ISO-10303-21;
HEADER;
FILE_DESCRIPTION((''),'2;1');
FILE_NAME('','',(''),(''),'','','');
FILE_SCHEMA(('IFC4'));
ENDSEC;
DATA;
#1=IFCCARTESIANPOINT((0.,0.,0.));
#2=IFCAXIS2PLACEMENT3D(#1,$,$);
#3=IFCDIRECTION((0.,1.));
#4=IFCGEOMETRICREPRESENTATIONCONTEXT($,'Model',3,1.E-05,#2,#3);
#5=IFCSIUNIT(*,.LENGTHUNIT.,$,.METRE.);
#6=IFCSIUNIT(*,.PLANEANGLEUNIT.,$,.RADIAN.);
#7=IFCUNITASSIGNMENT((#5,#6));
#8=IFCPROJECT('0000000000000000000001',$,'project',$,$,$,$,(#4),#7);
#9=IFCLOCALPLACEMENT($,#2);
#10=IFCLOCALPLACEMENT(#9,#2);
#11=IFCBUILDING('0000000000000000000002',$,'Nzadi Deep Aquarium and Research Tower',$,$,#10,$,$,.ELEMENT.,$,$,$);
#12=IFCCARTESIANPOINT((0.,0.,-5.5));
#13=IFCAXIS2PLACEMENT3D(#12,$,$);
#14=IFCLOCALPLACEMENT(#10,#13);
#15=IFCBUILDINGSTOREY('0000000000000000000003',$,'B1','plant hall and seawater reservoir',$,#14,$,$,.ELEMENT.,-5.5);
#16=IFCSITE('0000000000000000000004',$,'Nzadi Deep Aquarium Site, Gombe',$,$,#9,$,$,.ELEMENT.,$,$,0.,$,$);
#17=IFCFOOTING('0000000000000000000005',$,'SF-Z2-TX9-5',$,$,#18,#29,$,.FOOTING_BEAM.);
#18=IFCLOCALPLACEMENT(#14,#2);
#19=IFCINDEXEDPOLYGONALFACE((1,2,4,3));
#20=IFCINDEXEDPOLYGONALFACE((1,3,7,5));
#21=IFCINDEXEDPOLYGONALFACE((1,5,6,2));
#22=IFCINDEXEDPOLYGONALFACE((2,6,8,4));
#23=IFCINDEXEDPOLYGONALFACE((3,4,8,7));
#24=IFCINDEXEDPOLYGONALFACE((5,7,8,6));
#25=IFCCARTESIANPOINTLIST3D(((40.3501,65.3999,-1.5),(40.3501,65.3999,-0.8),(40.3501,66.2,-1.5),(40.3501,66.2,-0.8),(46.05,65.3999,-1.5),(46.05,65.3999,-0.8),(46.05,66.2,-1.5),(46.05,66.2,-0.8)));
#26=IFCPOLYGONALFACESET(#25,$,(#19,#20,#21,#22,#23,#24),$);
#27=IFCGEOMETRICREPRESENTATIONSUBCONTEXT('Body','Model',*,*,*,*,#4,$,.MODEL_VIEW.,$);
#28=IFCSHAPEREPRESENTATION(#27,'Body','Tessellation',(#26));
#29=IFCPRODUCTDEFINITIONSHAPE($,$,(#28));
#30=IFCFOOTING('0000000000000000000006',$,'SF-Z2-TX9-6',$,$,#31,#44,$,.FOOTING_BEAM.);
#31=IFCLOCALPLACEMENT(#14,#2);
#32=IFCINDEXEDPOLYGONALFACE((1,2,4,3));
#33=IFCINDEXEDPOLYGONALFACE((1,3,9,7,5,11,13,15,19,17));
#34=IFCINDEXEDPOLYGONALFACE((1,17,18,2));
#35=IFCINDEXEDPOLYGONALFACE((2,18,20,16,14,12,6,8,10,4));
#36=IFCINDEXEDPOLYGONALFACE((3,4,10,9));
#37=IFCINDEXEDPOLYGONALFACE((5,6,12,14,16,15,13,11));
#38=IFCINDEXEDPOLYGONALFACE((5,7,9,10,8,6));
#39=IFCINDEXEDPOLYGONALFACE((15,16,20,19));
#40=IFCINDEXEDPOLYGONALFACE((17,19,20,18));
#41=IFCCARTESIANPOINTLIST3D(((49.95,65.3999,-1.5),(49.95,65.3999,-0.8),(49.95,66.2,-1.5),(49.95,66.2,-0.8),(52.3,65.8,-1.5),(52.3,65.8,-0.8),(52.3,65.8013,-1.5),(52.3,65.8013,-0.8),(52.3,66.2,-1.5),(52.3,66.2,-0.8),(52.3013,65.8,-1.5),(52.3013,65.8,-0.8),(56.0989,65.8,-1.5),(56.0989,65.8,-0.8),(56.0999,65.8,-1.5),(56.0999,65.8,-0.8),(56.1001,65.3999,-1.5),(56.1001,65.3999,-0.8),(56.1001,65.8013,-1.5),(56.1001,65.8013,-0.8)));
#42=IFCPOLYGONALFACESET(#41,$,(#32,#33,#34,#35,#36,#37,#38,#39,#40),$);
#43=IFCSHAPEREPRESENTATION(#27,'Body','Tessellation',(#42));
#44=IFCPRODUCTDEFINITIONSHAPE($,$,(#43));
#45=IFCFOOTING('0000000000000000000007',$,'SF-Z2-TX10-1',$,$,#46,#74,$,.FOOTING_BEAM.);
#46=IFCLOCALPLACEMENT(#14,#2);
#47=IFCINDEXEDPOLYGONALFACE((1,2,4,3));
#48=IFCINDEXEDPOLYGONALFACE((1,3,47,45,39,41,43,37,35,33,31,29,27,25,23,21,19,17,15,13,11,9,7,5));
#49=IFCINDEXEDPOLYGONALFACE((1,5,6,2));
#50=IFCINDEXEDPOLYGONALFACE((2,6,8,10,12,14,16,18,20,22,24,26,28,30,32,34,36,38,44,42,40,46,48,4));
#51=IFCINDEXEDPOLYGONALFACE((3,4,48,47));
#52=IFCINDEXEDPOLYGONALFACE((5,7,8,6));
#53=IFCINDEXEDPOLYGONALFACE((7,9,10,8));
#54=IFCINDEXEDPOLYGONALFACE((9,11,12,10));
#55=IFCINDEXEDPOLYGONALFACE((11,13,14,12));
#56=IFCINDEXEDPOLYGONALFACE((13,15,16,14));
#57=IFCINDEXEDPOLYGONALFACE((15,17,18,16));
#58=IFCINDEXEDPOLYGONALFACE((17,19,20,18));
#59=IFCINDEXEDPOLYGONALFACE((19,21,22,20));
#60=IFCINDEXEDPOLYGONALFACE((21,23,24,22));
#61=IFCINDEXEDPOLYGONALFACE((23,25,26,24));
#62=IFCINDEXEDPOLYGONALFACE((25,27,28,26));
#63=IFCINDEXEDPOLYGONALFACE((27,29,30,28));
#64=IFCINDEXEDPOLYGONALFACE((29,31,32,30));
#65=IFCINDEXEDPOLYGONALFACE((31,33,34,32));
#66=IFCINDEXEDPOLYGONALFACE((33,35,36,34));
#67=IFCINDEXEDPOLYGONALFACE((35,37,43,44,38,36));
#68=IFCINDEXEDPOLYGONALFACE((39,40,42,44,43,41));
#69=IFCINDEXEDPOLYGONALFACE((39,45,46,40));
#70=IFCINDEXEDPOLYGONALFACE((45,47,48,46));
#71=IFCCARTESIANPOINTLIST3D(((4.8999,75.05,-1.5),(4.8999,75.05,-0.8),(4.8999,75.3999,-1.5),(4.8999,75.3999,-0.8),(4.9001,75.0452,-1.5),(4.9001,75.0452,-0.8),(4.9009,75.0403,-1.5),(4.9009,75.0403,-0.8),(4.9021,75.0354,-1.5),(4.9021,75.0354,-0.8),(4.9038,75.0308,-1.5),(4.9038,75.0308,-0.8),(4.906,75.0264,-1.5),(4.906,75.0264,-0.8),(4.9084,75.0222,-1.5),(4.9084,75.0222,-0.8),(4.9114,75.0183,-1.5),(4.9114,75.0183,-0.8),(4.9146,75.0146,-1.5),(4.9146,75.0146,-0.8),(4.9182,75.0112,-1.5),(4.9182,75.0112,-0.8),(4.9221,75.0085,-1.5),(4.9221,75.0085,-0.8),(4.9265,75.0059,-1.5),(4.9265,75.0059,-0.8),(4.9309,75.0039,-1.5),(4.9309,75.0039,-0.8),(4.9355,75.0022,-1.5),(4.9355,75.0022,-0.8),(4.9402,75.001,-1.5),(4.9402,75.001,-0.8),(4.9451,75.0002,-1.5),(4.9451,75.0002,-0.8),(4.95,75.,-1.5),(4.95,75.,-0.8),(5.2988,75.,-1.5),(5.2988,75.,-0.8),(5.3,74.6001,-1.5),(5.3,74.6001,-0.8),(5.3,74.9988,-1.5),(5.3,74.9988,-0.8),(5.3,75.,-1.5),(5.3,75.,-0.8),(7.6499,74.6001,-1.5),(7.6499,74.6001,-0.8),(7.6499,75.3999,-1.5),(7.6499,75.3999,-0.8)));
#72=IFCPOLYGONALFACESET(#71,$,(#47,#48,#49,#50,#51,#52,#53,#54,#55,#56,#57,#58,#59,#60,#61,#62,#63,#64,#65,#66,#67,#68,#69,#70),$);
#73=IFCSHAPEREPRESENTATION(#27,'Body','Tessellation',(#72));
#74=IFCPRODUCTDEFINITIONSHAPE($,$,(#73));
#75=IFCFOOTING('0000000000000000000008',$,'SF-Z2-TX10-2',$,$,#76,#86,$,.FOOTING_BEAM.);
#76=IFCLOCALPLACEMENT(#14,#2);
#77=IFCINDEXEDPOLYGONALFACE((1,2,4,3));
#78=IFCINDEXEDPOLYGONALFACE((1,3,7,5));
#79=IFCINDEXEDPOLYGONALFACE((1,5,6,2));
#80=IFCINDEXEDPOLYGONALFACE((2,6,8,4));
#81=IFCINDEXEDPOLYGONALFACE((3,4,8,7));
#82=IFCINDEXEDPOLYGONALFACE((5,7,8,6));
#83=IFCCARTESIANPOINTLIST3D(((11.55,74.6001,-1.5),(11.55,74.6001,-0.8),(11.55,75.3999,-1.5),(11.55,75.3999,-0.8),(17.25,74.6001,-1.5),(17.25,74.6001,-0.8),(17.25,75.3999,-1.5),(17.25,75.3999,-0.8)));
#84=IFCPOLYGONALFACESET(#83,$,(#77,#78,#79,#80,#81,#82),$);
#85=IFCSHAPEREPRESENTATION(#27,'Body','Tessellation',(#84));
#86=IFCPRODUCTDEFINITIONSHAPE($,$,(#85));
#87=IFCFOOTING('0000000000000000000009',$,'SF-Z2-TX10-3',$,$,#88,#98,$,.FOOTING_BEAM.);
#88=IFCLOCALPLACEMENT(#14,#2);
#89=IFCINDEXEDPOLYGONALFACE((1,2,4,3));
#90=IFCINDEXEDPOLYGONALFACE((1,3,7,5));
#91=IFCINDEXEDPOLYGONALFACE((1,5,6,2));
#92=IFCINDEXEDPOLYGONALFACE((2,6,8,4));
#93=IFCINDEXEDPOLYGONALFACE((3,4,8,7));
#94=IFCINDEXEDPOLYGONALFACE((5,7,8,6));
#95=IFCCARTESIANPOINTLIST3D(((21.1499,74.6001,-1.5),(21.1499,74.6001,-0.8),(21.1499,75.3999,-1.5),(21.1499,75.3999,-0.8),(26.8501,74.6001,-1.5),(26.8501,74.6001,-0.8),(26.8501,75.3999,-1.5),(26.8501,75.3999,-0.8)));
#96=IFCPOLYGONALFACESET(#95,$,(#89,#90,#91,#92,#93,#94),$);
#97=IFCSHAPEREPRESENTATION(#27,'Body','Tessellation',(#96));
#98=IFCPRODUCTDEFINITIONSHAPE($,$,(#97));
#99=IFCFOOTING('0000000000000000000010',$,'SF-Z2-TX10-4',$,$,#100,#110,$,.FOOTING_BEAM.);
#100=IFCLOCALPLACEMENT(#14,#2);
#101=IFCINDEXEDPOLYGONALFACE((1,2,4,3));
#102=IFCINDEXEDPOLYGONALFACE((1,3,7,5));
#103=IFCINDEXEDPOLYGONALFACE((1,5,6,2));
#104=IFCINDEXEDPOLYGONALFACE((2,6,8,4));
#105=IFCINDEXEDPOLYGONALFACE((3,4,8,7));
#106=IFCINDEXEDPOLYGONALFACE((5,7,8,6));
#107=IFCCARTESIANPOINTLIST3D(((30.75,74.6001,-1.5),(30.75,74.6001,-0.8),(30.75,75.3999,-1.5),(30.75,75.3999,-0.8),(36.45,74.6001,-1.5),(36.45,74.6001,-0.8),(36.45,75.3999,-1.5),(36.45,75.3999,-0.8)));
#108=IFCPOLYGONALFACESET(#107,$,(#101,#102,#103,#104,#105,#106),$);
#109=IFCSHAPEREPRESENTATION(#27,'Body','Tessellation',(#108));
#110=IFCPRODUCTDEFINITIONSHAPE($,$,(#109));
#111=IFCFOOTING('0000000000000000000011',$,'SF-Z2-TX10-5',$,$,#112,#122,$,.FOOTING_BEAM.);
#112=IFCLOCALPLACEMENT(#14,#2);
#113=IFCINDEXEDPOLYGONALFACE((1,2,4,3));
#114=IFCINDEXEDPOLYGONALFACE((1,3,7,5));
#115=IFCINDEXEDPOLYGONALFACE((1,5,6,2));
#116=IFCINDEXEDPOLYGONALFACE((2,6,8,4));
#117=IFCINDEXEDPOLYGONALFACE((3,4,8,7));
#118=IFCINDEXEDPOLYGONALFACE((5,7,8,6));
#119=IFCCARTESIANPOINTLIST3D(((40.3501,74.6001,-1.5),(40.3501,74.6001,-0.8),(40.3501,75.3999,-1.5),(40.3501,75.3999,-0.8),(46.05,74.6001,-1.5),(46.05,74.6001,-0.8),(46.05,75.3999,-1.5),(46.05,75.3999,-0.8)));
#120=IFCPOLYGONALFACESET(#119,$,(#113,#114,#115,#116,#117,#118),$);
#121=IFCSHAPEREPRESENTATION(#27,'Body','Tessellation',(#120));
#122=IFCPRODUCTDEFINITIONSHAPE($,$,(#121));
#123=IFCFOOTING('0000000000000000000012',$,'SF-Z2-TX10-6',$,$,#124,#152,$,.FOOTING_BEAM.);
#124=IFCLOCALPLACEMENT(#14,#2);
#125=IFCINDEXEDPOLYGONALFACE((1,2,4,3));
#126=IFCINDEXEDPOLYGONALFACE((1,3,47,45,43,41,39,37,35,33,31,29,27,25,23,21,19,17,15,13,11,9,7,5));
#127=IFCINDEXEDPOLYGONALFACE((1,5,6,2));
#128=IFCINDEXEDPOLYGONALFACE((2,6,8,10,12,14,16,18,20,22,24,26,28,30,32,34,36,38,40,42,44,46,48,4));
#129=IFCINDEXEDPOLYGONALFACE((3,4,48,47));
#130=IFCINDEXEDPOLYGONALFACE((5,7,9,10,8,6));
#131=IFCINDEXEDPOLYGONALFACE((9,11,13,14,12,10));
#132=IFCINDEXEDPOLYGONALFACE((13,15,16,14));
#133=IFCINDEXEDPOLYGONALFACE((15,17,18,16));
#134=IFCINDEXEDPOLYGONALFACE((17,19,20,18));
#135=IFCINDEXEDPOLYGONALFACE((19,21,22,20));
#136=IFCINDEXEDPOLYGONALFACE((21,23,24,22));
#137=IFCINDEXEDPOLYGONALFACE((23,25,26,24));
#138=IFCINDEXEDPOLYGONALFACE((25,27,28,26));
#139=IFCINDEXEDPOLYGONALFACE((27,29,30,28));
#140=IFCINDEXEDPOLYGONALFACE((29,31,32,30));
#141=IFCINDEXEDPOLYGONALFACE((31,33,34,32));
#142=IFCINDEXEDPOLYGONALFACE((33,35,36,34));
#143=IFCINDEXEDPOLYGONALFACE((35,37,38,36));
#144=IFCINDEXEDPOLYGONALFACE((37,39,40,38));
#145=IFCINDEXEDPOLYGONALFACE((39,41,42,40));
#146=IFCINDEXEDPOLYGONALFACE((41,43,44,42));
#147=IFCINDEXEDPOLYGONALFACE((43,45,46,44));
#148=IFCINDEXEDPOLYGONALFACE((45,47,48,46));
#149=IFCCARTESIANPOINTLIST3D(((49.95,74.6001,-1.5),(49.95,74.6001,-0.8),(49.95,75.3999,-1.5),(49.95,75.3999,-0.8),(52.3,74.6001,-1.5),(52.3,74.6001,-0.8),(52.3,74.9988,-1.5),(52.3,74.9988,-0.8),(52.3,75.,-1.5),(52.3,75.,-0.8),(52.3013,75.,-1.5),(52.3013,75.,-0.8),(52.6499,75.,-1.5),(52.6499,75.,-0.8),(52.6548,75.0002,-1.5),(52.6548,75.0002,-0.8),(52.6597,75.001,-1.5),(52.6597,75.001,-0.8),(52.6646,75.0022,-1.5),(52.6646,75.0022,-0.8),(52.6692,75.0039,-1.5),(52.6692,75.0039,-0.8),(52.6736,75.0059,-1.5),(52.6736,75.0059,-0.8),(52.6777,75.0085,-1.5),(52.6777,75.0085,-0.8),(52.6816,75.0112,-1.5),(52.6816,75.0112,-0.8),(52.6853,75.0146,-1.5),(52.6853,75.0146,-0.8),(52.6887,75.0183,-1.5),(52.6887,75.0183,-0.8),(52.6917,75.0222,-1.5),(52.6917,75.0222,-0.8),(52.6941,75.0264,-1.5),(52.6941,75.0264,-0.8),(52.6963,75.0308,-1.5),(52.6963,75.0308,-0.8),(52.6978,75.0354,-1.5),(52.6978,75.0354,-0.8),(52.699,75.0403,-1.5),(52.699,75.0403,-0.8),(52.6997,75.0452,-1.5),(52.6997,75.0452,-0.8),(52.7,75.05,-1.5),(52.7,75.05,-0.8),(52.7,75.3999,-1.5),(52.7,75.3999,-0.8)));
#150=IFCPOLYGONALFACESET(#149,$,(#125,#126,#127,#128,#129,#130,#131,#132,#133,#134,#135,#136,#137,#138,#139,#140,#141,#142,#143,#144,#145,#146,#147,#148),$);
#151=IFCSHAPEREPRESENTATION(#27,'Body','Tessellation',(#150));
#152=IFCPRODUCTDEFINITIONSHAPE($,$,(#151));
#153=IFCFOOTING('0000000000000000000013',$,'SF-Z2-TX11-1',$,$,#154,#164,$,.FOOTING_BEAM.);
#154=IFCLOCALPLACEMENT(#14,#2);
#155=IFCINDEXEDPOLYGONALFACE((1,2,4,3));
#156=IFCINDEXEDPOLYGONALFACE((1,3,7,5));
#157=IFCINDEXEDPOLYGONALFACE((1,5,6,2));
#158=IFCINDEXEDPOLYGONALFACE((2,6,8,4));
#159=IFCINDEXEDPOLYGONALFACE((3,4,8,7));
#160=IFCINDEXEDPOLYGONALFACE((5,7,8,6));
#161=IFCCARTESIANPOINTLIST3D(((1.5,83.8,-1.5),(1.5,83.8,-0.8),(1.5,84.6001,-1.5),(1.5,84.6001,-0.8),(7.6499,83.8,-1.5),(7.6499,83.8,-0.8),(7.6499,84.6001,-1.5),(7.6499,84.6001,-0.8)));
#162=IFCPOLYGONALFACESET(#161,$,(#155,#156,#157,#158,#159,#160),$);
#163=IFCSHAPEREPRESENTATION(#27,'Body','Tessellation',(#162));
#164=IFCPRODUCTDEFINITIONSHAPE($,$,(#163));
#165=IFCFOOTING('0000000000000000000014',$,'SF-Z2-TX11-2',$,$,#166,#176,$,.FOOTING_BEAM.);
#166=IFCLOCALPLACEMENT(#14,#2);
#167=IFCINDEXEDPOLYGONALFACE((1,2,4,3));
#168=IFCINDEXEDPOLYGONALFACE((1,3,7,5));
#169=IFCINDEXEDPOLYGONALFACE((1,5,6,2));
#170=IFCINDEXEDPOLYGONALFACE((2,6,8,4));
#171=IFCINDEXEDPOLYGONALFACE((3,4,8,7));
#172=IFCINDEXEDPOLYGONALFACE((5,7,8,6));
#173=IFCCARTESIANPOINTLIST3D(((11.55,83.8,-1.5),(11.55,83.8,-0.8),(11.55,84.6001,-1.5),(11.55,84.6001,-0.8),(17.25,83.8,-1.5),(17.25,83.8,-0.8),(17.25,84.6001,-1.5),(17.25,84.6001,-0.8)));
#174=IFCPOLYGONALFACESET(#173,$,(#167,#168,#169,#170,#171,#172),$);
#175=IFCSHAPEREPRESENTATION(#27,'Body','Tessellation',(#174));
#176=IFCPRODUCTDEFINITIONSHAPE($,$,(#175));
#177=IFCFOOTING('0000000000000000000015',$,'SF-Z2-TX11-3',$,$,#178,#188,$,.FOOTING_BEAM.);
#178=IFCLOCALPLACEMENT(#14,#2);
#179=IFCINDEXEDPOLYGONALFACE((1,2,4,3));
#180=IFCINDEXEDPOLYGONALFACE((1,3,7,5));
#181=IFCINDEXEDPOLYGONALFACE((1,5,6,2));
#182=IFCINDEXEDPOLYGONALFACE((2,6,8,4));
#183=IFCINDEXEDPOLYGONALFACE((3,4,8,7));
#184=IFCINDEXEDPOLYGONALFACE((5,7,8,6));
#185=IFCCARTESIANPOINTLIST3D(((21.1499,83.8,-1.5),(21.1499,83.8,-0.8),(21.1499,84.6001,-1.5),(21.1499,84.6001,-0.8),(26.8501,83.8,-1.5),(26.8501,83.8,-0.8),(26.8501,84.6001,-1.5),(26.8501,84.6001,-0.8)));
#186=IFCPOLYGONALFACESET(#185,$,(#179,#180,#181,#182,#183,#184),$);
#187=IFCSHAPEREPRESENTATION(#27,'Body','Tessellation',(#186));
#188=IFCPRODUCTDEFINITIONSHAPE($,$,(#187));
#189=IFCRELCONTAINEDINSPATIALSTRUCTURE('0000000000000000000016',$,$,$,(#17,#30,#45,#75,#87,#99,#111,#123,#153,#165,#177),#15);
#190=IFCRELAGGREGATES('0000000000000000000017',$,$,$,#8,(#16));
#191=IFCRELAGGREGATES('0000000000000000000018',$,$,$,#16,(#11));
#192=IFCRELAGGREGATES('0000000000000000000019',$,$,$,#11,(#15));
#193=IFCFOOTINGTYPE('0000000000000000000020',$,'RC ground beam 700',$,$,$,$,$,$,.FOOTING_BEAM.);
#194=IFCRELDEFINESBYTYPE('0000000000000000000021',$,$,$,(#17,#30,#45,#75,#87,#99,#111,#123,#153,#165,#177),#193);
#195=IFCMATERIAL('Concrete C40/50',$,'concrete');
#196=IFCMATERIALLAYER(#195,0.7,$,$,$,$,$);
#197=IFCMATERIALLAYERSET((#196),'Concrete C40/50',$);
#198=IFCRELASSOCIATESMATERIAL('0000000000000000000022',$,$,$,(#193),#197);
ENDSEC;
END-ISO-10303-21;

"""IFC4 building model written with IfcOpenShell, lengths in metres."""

from ifc_helpers import new_model, si_unit, direction, frame, origin, place, context, subcontext, project, spatial, polyline, outline, extrude, material, layer, layer_set, type_object, element, save


model = new_model("IFC4")

# Units and contexts
model_context = context("Model", 3, precision=1e-05, world=origin(), true_north=direction((0.0, 1.0)))
body_context = subcontext(model_context, "Body", "Model", "MODEL_VIEW")
ifc_project = project(units=[si_unit("LENGTHUNIT", "METRE"), si_unit("PLANEANGLEUNIT", "RADIAN")], contexts=[model_context])

# Site, building, storey
site_placement = place(None, origin())
site = spatial("IfcSite", under=ifc_project, at=site_placement, Name="Nzadi Deep Aquarium Site, Gombe", CompositionType="ELEMENT", RefElevation=0.0)
building_placement = place(site_placement, origin())
building = spatial("IfcBuilding", under=site, at=building_placement, Name="Nzadi Deep Aquarium and Research Tower", CompositionType="ELEMENT")
storey_placement = place(building_placement, frame((0.0, 0.0, -5.5)))
storey = spatial("IfcBuildingStorey", under=building, at=storey_placement, Name="B1", Description="plant hall and seawater reservoir", CompositionType="ELEMENT", Elevation=-5.5)

# Footings
ifc_material = material(Name="Concrete C40/50", Category="concrete")
ifc_layer = layer(ifc_material, 0.7)
ifc_layer_set = layer_set([ifc_layer], Name="Concrete C40/50")
footing_type = type_object("IfcFootingType", Name="RC ground beam 700", PredefinedType="FOOTING_BEAM", material=ifc_layer_set)
footing_1_placement = place(storey_placement, frame((0.0, 0.0, -1.5)))
element("IfcFooting", 1, at=footing_1_placement, inside=storey, type_object=footing_type, Name="SF-Z2-TX9-5", PredefinedType="FOOTING_BEAM", context=body_context, shape_type="SweptSolid", body=[
    extrude(outline(polyline([(46.05, 66.2), (40.3501, 66.2), (40.3501, 65.3999), (46.05, 65.3999), (46.05, 66.2)])), origin(), (0.0, 0.0, 1.0), 0.7),
])
footing_2_placement = place(storey_placement, frame((0.0, 0.0, -1.5)))
element("IfcFooting", 2, at=footing_2_placement, inside=storey, type_object=footing_type, Name="SF-Z2-TX9-6", PredefinedType="FOOTING_BEAM", context=body_context, shape_type="SweptSolid", body=[
    extrude(outline(polyline([(56.1001, 65.3999), (56.1001, 65.8013), (56.0999, 65.8), (56.0989, 65.8), (52.3013, 65.8), (52.3, 65.8), (52.3, 65.8013), (52.3, 66.2), (49.95, 66.2), (49.95, 65.3999), (56.1001, 65.3999)])), origin(), (0.0, 0.0, 1.0), 0.7),
])
footing_3_placement = place(storey_placement, frame((0.0, 0.0, -1.5)))
element("IfcFooting", 3, at=footing_3_placement, inside=storey, type_object=footing_type, Name="SF-Z2-TX10-1", PredefinedType="FOOTING_BEAM", context=body_context, shape_type="SweptSolid", body=[
    extrude(outline(polyline([(7.6499, 75.3999), (4.8999, 75.3999), (4.8999, 75.05), (4.9001, 75.0452), (4.9009, 75.0403), (4.9021, 75.0354), (4.9038, 75.0308), (4.906, 75.0264), (4.9084, 75.0222), (4.9114, 75.0183), (4.9146, 75.0146), (4.9182, 75.0112), (4.9221, 75.0085), (4.9265, 75.0059), (4.9309, 75.0039), (4.9355, 75.0022), (4.9402, 75.001), (4.9451, 75.0002), (4.95, 75.0), (5.2988, 75.0), (5.3, 75.0), (5.3, 74.9988), (5.3, 74.6001), (7.6499, 74.6001), (7.6499, 75.3999)])), origin(), (0.0, 0.0, 1.0), 0.7),
])
footing_4_placement = place(storey_placement, frame((0.0, 0.0, -1.5)))
element("IfcFooting", 4, at=footing_4_placement, inside=storey, type_object=footing_type, Name="SF-Z2-TX10-2", PredefinedType="FOOTING_BEAM", context=body_context, shape_type="SweptSolid", body=[
    extrude(outline(polyline([(17.25, 75.3999), (11.55, 75.3999), (11.55, 74.6001), (17.25, 74.6001), (17.25, 75.3999)])), origin(), (0.0, 0.0, 1.0), 0.7),
])
footing_5_placement = place(storey_placement, frame((0.0, 0.0, -1.5)))
element("IfcFooting", 5, at=footing_5_placement, inside=storey, type_object=footing_type, Name="SF-Z2-TX10-3", PredefinedType="FOOTING_BEAM", context=body_context, shape_type="SweptSolid", body=[
    extrude(outline(polyline([(26.8501, 75.3999), (21.1499, 75.3999), (21.1499, 74.6001), (26.8501, 74.6001), (26.8501, 75.3999)])), origin(), (0.0, 0.0, 1.0), 0.7),
])
footing_6_placement = place(storey_placement, frame((0.0, 0.0, -1.5)))
element("IfcFooting", 6, at=footing_6_placement, inside=storey, type_object=footing_type, Name="SF-Z2-TX10-4", PredefinedType="FOOTING_BEAM", context=body_context, shape_type="SweptSolid", body=[
    extrude(outline(polyline([(36.45, 75.3999), (30.75, 75.3999), (30.75, 74.6001), (36.45, 74.6001), (36.45, 75.3999)])), origin(), (0.0, 0.0, 1.0), 0.7),
])
footing_7_placement = place(storey_placement, frame((0.0, 0.0, -1.5)))
element("IfcFooting", 7, at=footing_7_placement, inside=storey, type_object=footing_type, Name="SF-Z2-TX10-5", PredefinedType="FOOTING_BEAM", context=body_context, shape_type="SweptSolid", body=[
    extrude(outline(polyline([(46.05, 75.3999), (40.3501, 75.3999), (40.3501, 74.6001), (46.05, 74.6001), (46.05, 75.3999)])), origin(), (0.0, 0.0, 1.0), 0.7),
])
footing_8_placement = place(storey_placement, frame((0.0, 0.0, -1.5)))
element("IfcFooting", 8, at=footing_8_placement, inside=storey, type_object=footing_type, Name="SF-Z2-TX10-6", PredefinedType="FOOTING_BEAM", context=body_context, shape_type="SweptSolid", body=[
    extrude(outline(polyline([(52.7, 75.3999), (49.95, 75.3999), (49.95, 74.6001), (52.3, 74.6001), (52.3, 74.9988), (52.3, 75.0), (52.3013, 75.0), (52.6499, 75.0), (52.6548, 75.0002), (52.6597, 75.001), (52.6646, 75.0022), (52.6692, 75.0039), (52.6736, 75.0059), (52.6777, 75.0085), (52.6816, 75.0112), (52.6853, 75.0146), (52.6887, 75.0183), (52.6917, 75.0222), (52.6941, 75.0264), (52.6963, 75.0308), (52.6978, 75.0354), (52.699, 75.0403), (52.6997, 75.0452), (52.7, 75.05), (52.7, 75.3999)])), origin(), (0.0, 0.0, 1.0), 0.7),
])
footing_9_placement = place(storey_placement, frame((0.0, 0.0, -1.5)))
element("IfcFooting", 9, at=footing_9_placement, inside=storey, type_object=footing_type, Name="SF-Z2-TX11-1", PredefinedType="FOOTING_BEAM", context=body_context, shape_type="SweptSolid", body=[
    extrude(outline(polyline([(7.6499, 84.6001), (1.5, 84.6001), (1.5, 83.8), (7.6499, 83.8), (7.6499, 84.6001)])), origin(), (0.0, 0.0, 1.0), 0.7),
])
footing_10_placement = place(storey_placement, frame((0.0, 0.0, -1.5)))
element("IfcFooting", 10, at=footing_10_placement, inside=storey, type_object=footing_type, Name="SF-Z2-TX11-2", PredefinedType="FOOTING_BEAM", context=body_context, shape_type="SweptSolid", body=[
    extrude(outline(polyline([(17.25, 84.6001), (11.55, 84.6001), (11.55, 83.8), (17.25, 83.8), (17.25, 84.6001)])), origin(), (0.0, 0.0, 1.0), 0.7),
])
footing_11_placement = place(storey_placement, frame((0.0, 0.0, -1.5)))
element("IfcFooting", 11, at=footing_11_placement, inside=storey, type_object=footing_type, Name="SF-Z2-TX11-3", PredefinedType="FOOTING_BEAM", context=body_context, shape_type="SweptSolid", body=[
    extrude(outline(polyline([(26.8501, 84.6001), (21.1499, 84.6001), (21.1499, 83.8), (26.8501, 83.8), (26.8501, 84.6001)])), origin(), (0.0, 0.0, 1.0), 0.7),
])

save(model, "model.ifc")
